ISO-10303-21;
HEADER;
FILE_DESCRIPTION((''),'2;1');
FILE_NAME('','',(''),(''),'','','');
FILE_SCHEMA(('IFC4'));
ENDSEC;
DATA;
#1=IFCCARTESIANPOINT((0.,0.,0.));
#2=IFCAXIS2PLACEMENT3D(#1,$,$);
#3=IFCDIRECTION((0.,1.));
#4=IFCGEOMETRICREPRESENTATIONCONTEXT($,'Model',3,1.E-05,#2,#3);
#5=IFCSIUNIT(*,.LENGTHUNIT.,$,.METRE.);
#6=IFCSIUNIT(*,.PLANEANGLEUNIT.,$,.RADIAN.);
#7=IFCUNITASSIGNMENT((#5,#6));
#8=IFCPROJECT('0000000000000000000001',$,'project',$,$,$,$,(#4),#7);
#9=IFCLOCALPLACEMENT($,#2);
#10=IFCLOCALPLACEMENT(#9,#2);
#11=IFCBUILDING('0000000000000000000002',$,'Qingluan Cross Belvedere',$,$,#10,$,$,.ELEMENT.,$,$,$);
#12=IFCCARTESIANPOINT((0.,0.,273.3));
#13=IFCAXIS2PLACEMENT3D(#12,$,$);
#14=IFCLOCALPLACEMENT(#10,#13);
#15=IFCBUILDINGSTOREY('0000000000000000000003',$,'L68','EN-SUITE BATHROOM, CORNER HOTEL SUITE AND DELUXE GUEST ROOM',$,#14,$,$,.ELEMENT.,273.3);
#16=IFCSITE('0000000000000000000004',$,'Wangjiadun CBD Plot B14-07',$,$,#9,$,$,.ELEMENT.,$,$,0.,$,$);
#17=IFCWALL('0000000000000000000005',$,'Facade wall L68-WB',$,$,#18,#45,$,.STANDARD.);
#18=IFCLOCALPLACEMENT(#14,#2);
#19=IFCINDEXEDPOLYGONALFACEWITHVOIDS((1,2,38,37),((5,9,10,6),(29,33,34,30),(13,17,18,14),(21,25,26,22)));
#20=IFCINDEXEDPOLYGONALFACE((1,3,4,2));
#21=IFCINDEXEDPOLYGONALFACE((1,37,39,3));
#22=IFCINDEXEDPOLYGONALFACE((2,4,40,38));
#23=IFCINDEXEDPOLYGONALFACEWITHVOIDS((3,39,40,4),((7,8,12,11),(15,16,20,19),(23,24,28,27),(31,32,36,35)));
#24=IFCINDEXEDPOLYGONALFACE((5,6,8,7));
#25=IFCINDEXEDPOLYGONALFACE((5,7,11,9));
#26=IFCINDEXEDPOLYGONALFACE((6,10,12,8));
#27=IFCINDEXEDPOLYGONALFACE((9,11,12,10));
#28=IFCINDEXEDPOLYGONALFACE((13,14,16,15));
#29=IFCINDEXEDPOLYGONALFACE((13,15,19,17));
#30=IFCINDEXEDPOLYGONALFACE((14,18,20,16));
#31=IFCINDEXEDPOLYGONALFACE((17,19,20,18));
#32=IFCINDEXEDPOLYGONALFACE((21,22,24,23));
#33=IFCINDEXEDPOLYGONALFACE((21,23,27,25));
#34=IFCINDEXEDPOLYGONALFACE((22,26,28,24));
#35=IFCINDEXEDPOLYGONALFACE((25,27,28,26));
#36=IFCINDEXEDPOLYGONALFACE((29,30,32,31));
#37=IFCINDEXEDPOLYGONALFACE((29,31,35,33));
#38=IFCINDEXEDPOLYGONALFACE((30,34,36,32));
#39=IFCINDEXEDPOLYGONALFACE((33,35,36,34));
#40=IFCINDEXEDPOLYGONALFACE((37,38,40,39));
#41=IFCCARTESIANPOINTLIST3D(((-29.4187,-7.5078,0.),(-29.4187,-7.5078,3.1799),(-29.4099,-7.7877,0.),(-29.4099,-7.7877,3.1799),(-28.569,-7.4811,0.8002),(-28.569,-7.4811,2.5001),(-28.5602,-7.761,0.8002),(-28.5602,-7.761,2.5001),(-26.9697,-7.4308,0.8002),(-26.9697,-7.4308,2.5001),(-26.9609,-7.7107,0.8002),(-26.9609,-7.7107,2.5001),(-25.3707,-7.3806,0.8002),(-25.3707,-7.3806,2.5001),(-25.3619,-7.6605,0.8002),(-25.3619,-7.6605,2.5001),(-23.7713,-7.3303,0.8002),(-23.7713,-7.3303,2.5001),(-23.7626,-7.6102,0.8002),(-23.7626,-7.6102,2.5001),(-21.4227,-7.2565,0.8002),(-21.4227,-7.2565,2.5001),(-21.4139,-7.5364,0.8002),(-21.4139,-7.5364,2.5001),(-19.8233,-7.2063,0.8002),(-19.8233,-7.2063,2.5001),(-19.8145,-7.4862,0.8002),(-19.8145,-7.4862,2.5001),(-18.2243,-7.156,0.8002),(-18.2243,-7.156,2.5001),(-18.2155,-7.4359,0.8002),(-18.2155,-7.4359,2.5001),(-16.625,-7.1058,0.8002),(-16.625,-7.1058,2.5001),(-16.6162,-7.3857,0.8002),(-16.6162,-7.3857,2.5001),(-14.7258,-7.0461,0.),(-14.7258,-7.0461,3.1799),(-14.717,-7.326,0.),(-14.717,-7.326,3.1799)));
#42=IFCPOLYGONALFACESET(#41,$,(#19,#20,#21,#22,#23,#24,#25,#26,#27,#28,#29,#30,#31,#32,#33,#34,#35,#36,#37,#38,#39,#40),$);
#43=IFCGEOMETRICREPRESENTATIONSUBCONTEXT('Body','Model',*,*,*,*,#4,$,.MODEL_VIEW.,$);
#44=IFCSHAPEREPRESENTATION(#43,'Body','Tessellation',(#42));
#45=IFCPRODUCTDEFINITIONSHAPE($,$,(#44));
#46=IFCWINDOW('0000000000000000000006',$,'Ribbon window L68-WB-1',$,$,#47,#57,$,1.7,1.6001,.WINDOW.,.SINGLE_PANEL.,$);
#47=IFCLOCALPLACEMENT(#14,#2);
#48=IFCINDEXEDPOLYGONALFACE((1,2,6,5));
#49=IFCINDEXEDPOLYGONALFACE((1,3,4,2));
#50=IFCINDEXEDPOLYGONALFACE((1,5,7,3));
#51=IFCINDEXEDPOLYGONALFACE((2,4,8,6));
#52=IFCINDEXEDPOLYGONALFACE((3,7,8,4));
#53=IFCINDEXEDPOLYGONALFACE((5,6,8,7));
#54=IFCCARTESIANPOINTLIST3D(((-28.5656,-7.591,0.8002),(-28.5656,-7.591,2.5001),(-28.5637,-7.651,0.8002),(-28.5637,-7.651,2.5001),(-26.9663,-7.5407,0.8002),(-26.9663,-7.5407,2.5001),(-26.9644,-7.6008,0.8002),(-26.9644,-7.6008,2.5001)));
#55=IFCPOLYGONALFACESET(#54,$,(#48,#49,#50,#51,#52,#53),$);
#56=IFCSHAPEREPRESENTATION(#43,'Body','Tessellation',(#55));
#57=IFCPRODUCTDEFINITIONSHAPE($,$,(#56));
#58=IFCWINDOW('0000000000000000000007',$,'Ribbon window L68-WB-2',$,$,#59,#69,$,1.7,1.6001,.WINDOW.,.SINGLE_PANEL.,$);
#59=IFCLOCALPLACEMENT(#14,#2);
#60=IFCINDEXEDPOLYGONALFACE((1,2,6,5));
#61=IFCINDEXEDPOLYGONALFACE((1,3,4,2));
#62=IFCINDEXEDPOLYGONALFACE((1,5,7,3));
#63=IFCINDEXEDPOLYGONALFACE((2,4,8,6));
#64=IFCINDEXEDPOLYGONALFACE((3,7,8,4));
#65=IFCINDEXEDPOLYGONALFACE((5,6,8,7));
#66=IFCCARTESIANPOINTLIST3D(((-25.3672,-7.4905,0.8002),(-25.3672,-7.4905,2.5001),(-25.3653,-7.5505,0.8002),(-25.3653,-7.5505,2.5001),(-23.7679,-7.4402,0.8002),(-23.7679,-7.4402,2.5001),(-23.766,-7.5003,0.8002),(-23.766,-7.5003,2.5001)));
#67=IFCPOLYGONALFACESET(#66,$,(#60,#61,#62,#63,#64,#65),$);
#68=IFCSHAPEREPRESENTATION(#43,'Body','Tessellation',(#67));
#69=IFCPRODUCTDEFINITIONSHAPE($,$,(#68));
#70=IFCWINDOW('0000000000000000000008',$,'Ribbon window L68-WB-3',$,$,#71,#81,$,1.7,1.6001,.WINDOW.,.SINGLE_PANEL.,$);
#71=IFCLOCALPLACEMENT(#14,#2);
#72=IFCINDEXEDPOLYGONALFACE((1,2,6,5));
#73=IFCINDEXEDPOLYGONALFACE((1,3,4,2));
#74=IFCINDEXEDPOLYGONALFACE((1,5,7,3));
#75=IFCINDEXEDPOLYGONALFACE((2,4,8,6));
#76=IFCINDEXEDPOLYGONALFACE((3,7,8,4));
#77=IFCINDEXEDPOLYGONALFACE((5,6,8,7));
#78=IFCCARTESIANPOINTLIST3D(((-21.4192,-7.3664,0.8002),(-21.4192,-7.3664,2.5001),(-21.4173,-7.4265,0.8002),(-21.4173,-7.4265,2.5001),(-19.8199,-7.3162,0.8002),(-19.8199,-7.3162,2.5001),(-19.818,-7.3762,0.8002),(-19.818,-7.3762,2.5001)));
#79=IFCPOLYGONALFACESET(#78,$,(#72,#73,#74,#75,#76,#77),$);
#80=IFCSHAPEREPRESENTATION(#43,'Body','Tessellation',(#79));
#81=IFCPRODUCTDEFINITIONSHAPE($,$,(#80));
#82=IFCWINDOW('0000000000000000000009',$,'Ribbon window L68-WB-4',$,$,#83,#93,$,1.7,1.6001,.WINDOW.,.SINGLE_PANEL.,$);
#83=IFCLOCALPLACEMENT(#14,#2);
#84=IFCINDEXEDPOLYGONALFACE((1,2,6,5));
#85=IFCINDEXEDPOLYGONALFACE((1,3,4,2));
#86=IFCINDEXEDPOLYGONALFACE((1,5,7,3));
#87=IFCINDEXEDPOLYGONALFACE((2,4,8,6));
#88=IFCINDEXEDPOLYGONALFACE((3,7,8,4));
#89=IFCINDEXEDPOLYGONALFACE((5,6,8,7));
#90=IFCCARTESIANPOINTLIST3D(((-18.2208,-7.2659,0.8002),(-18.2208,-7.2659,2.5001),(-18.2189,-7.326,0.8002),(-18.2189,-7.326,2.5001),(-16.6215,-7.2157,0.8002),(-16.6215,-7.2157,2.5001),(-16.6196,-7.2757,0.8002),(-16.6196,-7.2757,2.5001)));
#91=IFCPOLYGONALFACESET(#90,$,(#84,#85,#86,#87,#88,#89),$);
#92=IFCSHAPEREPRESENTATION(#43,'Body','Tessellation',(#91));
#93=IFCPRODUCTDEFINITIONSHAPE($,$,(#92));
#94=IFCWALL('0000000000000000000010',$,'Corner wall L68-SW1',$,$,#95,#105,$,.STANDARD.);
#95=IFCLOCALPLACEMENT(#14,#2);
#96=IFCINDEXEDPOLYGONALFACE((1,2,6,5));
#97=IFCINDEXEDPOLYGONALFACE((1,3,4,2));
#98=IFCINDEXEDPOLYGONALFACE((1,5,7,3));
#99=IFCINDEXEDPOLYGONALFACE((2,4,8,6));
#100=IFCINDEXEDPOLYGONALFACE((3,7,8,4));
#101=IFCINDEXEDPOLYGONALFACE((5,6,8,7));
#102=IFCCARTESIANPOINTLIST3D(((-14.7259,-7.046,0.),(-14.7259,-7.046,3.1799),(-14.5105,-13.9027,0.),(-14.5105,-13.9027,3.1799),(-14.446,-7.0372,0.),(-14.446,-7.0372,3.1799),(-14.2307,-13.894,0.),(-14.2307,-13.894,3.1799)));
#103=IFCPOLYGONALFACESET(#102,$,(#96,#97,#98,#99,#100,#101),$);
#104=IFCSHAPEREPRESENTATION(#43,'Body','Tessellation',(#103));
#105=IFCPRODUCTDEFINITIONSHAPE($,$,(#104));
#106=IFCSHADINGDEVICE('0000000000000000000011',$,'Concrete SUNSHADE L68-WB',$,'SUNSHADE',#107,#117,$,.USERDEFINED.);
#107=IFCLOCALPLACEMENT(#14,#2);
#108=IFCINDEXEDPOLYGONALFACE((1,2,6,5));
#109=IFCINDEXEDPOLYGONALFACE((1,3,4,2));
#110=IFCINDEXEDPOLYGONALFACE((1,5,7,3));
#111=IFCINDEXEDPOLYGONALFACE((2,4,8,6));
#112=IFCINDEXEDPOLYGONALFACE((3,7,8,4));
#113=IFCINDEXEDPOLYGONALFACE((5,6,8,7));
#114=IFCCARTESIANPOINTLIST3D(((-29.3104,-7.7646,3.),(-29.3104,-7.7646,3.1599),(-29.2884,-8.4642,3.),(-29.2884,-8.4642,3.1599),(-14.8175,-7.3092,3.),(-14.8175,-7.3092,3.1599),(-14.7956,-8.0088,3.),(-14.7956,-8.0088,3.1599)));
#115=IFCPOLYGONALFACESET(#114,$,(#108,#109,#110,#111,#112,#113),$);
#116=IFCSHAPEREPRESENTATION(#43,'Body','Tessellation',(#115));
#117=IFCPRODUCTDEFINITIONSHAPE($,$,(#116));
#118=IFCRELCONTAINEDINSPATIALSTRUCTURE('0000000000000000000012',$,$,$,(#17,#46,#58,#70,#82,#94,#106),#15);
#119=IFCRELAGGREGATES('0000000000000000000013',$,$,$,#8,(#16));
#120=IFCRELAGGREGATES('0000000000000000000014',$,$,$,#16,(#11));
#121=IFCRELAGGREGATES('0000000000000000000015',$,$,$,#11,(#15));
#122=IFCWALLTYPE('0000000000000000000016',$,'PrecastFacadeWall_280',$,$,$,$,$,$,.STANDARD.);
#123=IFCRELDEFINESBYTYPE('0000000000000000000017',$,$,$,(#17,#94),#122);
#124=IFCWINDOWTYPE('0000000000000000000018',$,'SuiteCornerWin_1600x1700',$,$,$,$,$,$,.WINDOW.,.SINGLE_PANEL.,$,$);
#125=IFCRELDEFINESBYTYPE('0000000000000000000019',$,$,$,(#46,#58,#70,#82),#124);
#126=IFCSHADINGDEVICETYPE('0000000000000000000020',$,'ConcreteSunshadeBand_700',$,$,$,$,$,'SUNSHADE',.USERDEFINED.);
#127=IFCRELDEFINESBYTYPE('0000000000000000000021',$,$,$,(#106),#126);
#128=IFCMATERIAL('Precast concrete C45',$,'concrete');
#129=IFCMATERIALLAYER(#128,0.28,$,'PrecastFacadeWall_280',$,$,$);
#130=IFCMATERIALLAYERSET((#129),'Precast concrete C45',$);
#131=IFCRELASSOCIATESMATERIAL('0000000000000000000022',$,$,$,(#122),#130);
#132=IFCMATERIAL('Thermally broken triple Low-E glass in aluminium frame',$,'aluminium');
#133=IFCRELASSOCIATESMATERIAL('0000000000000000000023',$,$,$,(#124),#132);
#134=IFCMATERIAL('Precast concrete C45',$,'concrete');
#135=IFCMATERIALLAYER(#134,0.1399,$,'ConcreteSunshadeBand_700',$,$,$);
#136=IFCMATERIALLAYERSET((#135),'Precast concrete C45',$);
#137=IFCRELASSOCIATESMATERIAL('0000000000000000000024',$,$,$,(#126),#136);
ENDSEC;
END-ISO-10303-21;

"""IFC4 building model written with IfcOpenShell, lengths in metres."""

from ifc_helpers import new_model, si_unit, direction, frame, frame_2d, origin, origin_2d, place, context, subcontext, project, spatial, rectangle, extrude, material, layer, layer_set, type_object, element, fill, save


model = new_model("IFC4")

# Units and contexts
model_context = context("Model", 3, precision=1e-05, world=origin(), true_north=direction((0.0, 1.0)))
body_context = subcontext(model_context, "Body", "Model", "MODEL_VIEW")
ifc_project = project(units=[si_unit("LENGTHUNIT", "METRE"), si_unit("PLANEANGLEUNIT", "RADIAN")], contexts=[model_context])

# Site, building, storey
site_placement = place(None, origin())
site = spatial("IfcSite", under=ifc_project, at=site_placement, Name="Wangjiadun CBD Plot B14-07", CompositionType="ELEMENT", RefElevation=0.0)
building_placement = place(site_placement, origin())
building = spatial("IfcBuilding", under=site, at=building_placement, Name="Qingluan Cross Belvedere", CompositionType="ELEMENT")
storey_placement = place(building_placement, frame((0.0, 0.0, 273.3)))
storey = spatial("IfcBuildingStorey", under=building, at=storey_placement, Name="L68", Description="EN-SUITE BATHROOM, CORNER HOTEL SUITE AND DELUXE GUEST ROOM", CompositionType="ELEMENT", Elevation=273.3)

# Wall, openings, windows
ifc_material_1 = material(Name="Precast concrete C45", Category="concrete")
ifc_layer_1 = layer(ifc_material_1, 0.28, Name="PrecastFacadeWall_280")
ifc_layer_set_1 = layer_set([ifc_layer_1], Name="Precast concrete C45")
wall_type_1 = type_object("IfcWallType", Name="PrecastFacadeWall_280", PredefinedType="STANDARD", material=ifc_layer_set_1)
wall_1_placement = place(storey_placement, frame((-29.4143, -7.6477, 0.0), z_axis=(0.0, 0.0, 1.0), x_axis=(0.999507, 0.031406, 0.0)))
wall_1 = element("IfcWall", 1, at=wall_1_placement, inside=storey, type_object=wall_type_1, Name="Facade wall L68-WB", PredefinedType="STANDARD", context=body_context, shape_type="SweptSolid", body=[
    extrude(rectangle(XDim=14.7002, YDim=0.28, at=frame_2d((7.3501, 0.0))), origin(), (0.0, 0.0, 1.0), 3.1799),
])
opening_1_placement = place(wall_1_placement, frame((0.8501, 0.0, 0.8)))
opening_1 = element("IfcOpeningElement", 2, at=opening_1_placement, cuts=wall_1, PredefinedType="OPENING", context=body_context, shape_type="SweptSolid", body=[
    extrude(rectangle(XDim=1.6001, YDim=1.7, at=frame_2d((0.8, 0.8501))), frame((0.0, 0.1499, 0.0), z_axis=(0.0, -1.0, 0.0), x_axis=(1.0, 0.0, 0.0)), (0.0, 0.0, 1.0), 0.3),
])
opening_2_placement = place(wall_1_placement, frame((4.05, 0.0, 0.8)))
opening_2 = element("IfcOpeningElement", 3, at=opening_2_placement, cuts=wall_1, PredefinedType="OPENING", context=body_context, shape_type="SweptSolid", body=[
    extrude(rectangle(XDim=1.6001, YDim=1.7, at=frame_2d((0.8, 0.8501))), frame((0.0, 0.1499, 0.0), z_axis=(0.0, -1.0, 0.0), x_axis=(1.0, 0.0, 0.0)), (0.0, 0.0, 1.0), 0.3),
])
opening_3_placement = place(wall_1_placement, frame((8.0, 0.0, 0.8)))
opening_3 = element("IfcOpeningElement", 4, at=opening_3_placement, cuts=wall_1, PredefinedType="OPENING", context=body_context, shape_type="SweptSolid", body=[
    extrude(rectangle(XDim=1.6001, YDim=1.7, at=frame_2d((0.8, 0.8501))), frame((0.0, 0.1499, 0.0), z_axis=(0.0, -1.0, 0.0), x_axis=(1.0, 0.0, 0.0)), (0.0, 0.0, 1.0), 0.3),
])
opening_4_placement = place(wall_1_placement, frame((11.2, 0.0, 0.8)))
opening_4 = element("IfcOpeningElement", 5, at=opening_4_placement, cuts=wall_1, PredefinedType="OPENING", context=body_context, shape_type="SweptSolid", body=[
    extrude(rectangle(XDim=1.6001, YDim=1.7, at=frame_2d((0.8, 0.8501))), frame((0.0, 0.1499, 0.0), z_axis=(0.0, -1.0, 0.0), x_axis=(1.0, 0.0, 0.0)), (0.0, 0.0, 1.0), 0.3),
])
ifc_material_2 = material(Name="Thermally broken triple Low-E glass in aluminium frame", Category="aluminium")
window_type = type_object("IfcWindowType", Name="SuiteCornerWin_1600x1700", PartitioningType="SINGLE_PANEL", PredefinedType="WINDOW", material=ifc_material_2)
window_1_placement = place(opening_1_placement, origin())
window_1 = element("IfcWindow", 6, at=window_1_placement, inside=storey, type_object=window_type, Name="Ribbon window L68-WB-1", OverallHeight=1.7, OverallWidth=1.6001, PartitioningType="SINGLE_PANEL", PredefinedType="WINDOW", context=body_context, shape_type="SweptSolid", body=[
    extrude(rectangle(XDim=1.6001, YDim=1.7, at=frame_2d((0.8, 0.8501))), frame((0.0, 0.03, 0.0), z_axis=(0.0, -1.0, 0.0), x_axis=(1.0, 0.0, 0.0)), (0.0, 0.0, 1.0), 0.0601),
])
fill(opening_1, window_1)
window_2_placement = place(opening_2_placement, origin())
window_2 = element("IfcWindow", 7, at=window_2_placement, inside=storey, type_object=window_type, Name="Ribbon window L68-WB-2", OverallHeight=1.7, OverallWidth=1.6001, PartitioningType="SINGLE_PANEL", PredefinedType="WINDOW", context=body_context, shape_type="SweptSolid", body=[
    extrude(rectangle(XDim=1.6001, YDim=1.7, at=frame_2d((0.8, 0.8501))), frame((0.0, 0.03, 0.0), z_axis=(0.0, -1.0, 0.0), x_axis=(1.0, 0.0, 0.0)), (0.0, 0.0, 1.0), 0.0601),
])
fill(opening_2, window_2)
window_3_placement = place(opening_3_placement, origin())
window_3 = element("IfcWindow", 8, at=window_3_placement, inside=storey, type_object=window_type, Name="Ribbon window L68-WB-3", OverallHeight=1.7, OverallWidth=1.6001, PartitioningType="SINGLE_PANEL", PredefinedType="WINDOW", context=body_context, shape_type="SweptSolid", body=[
    extrude(rectangle(XDim=1.6001, YDim=1.7, at=frame_2d((0.8, 0.8501))), frame((0.0, 0.03, 0.0), z_axis=(0.0, -1.0, 0.0), x_axis=(1.0, 0.0, 0.0)), (0.0, 0.0, 1.0), 0.0601),
])
fill(opening_3, window_3)
window_4_placement = place(opening_4_placement, origin())
window_4 = element("IfcWindow", 9, at=window_4_placement, inside=storey, type_object=window_type, Name="Ribbon window L68-WB-4", OverallHeight=1.7, OverallWidth=1.6001, PartitioningType="SINGLE_PANEL", PredefinedType="WINDOW", context=body_context, shape_type="SweptSolid", body=[
    extrude(rectangle(XDim=1.6001, YDim=1.7, at=frame_2d((0.8, 0.8501))), frame((0.0, 0.03, 0.0), z_axis=(0.0, -1.0, 0.0), x_axis=(1.0, 0.0, 0.0)), (0.0, 0.0, 1.0), 0.0601),
])
fill(opening_4, window_4)

# Wall
wall_2_placement = place(storey_placement, frame((-14.5859, -7.0415, 0.0), z_axis=(0.0, 0.0, 1.0), x_axis=(0.031389, -0.999507, 0.0)))
element("IfcWall", 10, at=wall_2_placement, inside=storey, type_object=wall_type_1, Name="Corner wall L68-SW1", PredefinedType="STANDARD", context=body_context, shape_type="SweptSolid", body=[
    extrude(rectangle(XDim=6.8601, YDim=0.28, at=frame_2d((3.4302, 0.0))), origin(), (0.0, 0.0, 1.0), 3.1799),
])

# Shading device
ifc_material_3 = material(Name="Precast concrete C45", Category="concrete")
ifc_layer_2 = layer(ifc_material_3, 0.1399, Name="ConcreteSunshadeBand_700")
ifc_layer_set_2 = layer_set([ifc_layer_2], Name="Precast concrete C45")
shading_device_type = type_object("IfcShadingDeviceType", Name="ConcreteSunshadeBand_700", ElementType="SUNSHADE", PredefinedType="USERDEFINED", material=ifc_layer_set_2)
shading_device_placement = place(storey_placement, frame((-22.053, -7.8867, 3.0), z_axis=(0.0, 0.0, 1.0), x_axis=(0.999507, 0.031408, 0.0)))
element("IfcShadingDevice", 11, at=shading_device_placement, inside=storey, type_object=shading_device_type, Name="Concrete SUNSHADE L68-WB", ObjectType="SUNSHADE", PredefinedType="USERDEFINED", context=body_context, shape_type="SweptSolid", body=[
    extrude(rectangle(XDim=14.5, YDim=0.7, at=origin_2d()), origin(), (0.0, 0.0, 1.0), 0.1599),
])

save(model, "model.ifc")
